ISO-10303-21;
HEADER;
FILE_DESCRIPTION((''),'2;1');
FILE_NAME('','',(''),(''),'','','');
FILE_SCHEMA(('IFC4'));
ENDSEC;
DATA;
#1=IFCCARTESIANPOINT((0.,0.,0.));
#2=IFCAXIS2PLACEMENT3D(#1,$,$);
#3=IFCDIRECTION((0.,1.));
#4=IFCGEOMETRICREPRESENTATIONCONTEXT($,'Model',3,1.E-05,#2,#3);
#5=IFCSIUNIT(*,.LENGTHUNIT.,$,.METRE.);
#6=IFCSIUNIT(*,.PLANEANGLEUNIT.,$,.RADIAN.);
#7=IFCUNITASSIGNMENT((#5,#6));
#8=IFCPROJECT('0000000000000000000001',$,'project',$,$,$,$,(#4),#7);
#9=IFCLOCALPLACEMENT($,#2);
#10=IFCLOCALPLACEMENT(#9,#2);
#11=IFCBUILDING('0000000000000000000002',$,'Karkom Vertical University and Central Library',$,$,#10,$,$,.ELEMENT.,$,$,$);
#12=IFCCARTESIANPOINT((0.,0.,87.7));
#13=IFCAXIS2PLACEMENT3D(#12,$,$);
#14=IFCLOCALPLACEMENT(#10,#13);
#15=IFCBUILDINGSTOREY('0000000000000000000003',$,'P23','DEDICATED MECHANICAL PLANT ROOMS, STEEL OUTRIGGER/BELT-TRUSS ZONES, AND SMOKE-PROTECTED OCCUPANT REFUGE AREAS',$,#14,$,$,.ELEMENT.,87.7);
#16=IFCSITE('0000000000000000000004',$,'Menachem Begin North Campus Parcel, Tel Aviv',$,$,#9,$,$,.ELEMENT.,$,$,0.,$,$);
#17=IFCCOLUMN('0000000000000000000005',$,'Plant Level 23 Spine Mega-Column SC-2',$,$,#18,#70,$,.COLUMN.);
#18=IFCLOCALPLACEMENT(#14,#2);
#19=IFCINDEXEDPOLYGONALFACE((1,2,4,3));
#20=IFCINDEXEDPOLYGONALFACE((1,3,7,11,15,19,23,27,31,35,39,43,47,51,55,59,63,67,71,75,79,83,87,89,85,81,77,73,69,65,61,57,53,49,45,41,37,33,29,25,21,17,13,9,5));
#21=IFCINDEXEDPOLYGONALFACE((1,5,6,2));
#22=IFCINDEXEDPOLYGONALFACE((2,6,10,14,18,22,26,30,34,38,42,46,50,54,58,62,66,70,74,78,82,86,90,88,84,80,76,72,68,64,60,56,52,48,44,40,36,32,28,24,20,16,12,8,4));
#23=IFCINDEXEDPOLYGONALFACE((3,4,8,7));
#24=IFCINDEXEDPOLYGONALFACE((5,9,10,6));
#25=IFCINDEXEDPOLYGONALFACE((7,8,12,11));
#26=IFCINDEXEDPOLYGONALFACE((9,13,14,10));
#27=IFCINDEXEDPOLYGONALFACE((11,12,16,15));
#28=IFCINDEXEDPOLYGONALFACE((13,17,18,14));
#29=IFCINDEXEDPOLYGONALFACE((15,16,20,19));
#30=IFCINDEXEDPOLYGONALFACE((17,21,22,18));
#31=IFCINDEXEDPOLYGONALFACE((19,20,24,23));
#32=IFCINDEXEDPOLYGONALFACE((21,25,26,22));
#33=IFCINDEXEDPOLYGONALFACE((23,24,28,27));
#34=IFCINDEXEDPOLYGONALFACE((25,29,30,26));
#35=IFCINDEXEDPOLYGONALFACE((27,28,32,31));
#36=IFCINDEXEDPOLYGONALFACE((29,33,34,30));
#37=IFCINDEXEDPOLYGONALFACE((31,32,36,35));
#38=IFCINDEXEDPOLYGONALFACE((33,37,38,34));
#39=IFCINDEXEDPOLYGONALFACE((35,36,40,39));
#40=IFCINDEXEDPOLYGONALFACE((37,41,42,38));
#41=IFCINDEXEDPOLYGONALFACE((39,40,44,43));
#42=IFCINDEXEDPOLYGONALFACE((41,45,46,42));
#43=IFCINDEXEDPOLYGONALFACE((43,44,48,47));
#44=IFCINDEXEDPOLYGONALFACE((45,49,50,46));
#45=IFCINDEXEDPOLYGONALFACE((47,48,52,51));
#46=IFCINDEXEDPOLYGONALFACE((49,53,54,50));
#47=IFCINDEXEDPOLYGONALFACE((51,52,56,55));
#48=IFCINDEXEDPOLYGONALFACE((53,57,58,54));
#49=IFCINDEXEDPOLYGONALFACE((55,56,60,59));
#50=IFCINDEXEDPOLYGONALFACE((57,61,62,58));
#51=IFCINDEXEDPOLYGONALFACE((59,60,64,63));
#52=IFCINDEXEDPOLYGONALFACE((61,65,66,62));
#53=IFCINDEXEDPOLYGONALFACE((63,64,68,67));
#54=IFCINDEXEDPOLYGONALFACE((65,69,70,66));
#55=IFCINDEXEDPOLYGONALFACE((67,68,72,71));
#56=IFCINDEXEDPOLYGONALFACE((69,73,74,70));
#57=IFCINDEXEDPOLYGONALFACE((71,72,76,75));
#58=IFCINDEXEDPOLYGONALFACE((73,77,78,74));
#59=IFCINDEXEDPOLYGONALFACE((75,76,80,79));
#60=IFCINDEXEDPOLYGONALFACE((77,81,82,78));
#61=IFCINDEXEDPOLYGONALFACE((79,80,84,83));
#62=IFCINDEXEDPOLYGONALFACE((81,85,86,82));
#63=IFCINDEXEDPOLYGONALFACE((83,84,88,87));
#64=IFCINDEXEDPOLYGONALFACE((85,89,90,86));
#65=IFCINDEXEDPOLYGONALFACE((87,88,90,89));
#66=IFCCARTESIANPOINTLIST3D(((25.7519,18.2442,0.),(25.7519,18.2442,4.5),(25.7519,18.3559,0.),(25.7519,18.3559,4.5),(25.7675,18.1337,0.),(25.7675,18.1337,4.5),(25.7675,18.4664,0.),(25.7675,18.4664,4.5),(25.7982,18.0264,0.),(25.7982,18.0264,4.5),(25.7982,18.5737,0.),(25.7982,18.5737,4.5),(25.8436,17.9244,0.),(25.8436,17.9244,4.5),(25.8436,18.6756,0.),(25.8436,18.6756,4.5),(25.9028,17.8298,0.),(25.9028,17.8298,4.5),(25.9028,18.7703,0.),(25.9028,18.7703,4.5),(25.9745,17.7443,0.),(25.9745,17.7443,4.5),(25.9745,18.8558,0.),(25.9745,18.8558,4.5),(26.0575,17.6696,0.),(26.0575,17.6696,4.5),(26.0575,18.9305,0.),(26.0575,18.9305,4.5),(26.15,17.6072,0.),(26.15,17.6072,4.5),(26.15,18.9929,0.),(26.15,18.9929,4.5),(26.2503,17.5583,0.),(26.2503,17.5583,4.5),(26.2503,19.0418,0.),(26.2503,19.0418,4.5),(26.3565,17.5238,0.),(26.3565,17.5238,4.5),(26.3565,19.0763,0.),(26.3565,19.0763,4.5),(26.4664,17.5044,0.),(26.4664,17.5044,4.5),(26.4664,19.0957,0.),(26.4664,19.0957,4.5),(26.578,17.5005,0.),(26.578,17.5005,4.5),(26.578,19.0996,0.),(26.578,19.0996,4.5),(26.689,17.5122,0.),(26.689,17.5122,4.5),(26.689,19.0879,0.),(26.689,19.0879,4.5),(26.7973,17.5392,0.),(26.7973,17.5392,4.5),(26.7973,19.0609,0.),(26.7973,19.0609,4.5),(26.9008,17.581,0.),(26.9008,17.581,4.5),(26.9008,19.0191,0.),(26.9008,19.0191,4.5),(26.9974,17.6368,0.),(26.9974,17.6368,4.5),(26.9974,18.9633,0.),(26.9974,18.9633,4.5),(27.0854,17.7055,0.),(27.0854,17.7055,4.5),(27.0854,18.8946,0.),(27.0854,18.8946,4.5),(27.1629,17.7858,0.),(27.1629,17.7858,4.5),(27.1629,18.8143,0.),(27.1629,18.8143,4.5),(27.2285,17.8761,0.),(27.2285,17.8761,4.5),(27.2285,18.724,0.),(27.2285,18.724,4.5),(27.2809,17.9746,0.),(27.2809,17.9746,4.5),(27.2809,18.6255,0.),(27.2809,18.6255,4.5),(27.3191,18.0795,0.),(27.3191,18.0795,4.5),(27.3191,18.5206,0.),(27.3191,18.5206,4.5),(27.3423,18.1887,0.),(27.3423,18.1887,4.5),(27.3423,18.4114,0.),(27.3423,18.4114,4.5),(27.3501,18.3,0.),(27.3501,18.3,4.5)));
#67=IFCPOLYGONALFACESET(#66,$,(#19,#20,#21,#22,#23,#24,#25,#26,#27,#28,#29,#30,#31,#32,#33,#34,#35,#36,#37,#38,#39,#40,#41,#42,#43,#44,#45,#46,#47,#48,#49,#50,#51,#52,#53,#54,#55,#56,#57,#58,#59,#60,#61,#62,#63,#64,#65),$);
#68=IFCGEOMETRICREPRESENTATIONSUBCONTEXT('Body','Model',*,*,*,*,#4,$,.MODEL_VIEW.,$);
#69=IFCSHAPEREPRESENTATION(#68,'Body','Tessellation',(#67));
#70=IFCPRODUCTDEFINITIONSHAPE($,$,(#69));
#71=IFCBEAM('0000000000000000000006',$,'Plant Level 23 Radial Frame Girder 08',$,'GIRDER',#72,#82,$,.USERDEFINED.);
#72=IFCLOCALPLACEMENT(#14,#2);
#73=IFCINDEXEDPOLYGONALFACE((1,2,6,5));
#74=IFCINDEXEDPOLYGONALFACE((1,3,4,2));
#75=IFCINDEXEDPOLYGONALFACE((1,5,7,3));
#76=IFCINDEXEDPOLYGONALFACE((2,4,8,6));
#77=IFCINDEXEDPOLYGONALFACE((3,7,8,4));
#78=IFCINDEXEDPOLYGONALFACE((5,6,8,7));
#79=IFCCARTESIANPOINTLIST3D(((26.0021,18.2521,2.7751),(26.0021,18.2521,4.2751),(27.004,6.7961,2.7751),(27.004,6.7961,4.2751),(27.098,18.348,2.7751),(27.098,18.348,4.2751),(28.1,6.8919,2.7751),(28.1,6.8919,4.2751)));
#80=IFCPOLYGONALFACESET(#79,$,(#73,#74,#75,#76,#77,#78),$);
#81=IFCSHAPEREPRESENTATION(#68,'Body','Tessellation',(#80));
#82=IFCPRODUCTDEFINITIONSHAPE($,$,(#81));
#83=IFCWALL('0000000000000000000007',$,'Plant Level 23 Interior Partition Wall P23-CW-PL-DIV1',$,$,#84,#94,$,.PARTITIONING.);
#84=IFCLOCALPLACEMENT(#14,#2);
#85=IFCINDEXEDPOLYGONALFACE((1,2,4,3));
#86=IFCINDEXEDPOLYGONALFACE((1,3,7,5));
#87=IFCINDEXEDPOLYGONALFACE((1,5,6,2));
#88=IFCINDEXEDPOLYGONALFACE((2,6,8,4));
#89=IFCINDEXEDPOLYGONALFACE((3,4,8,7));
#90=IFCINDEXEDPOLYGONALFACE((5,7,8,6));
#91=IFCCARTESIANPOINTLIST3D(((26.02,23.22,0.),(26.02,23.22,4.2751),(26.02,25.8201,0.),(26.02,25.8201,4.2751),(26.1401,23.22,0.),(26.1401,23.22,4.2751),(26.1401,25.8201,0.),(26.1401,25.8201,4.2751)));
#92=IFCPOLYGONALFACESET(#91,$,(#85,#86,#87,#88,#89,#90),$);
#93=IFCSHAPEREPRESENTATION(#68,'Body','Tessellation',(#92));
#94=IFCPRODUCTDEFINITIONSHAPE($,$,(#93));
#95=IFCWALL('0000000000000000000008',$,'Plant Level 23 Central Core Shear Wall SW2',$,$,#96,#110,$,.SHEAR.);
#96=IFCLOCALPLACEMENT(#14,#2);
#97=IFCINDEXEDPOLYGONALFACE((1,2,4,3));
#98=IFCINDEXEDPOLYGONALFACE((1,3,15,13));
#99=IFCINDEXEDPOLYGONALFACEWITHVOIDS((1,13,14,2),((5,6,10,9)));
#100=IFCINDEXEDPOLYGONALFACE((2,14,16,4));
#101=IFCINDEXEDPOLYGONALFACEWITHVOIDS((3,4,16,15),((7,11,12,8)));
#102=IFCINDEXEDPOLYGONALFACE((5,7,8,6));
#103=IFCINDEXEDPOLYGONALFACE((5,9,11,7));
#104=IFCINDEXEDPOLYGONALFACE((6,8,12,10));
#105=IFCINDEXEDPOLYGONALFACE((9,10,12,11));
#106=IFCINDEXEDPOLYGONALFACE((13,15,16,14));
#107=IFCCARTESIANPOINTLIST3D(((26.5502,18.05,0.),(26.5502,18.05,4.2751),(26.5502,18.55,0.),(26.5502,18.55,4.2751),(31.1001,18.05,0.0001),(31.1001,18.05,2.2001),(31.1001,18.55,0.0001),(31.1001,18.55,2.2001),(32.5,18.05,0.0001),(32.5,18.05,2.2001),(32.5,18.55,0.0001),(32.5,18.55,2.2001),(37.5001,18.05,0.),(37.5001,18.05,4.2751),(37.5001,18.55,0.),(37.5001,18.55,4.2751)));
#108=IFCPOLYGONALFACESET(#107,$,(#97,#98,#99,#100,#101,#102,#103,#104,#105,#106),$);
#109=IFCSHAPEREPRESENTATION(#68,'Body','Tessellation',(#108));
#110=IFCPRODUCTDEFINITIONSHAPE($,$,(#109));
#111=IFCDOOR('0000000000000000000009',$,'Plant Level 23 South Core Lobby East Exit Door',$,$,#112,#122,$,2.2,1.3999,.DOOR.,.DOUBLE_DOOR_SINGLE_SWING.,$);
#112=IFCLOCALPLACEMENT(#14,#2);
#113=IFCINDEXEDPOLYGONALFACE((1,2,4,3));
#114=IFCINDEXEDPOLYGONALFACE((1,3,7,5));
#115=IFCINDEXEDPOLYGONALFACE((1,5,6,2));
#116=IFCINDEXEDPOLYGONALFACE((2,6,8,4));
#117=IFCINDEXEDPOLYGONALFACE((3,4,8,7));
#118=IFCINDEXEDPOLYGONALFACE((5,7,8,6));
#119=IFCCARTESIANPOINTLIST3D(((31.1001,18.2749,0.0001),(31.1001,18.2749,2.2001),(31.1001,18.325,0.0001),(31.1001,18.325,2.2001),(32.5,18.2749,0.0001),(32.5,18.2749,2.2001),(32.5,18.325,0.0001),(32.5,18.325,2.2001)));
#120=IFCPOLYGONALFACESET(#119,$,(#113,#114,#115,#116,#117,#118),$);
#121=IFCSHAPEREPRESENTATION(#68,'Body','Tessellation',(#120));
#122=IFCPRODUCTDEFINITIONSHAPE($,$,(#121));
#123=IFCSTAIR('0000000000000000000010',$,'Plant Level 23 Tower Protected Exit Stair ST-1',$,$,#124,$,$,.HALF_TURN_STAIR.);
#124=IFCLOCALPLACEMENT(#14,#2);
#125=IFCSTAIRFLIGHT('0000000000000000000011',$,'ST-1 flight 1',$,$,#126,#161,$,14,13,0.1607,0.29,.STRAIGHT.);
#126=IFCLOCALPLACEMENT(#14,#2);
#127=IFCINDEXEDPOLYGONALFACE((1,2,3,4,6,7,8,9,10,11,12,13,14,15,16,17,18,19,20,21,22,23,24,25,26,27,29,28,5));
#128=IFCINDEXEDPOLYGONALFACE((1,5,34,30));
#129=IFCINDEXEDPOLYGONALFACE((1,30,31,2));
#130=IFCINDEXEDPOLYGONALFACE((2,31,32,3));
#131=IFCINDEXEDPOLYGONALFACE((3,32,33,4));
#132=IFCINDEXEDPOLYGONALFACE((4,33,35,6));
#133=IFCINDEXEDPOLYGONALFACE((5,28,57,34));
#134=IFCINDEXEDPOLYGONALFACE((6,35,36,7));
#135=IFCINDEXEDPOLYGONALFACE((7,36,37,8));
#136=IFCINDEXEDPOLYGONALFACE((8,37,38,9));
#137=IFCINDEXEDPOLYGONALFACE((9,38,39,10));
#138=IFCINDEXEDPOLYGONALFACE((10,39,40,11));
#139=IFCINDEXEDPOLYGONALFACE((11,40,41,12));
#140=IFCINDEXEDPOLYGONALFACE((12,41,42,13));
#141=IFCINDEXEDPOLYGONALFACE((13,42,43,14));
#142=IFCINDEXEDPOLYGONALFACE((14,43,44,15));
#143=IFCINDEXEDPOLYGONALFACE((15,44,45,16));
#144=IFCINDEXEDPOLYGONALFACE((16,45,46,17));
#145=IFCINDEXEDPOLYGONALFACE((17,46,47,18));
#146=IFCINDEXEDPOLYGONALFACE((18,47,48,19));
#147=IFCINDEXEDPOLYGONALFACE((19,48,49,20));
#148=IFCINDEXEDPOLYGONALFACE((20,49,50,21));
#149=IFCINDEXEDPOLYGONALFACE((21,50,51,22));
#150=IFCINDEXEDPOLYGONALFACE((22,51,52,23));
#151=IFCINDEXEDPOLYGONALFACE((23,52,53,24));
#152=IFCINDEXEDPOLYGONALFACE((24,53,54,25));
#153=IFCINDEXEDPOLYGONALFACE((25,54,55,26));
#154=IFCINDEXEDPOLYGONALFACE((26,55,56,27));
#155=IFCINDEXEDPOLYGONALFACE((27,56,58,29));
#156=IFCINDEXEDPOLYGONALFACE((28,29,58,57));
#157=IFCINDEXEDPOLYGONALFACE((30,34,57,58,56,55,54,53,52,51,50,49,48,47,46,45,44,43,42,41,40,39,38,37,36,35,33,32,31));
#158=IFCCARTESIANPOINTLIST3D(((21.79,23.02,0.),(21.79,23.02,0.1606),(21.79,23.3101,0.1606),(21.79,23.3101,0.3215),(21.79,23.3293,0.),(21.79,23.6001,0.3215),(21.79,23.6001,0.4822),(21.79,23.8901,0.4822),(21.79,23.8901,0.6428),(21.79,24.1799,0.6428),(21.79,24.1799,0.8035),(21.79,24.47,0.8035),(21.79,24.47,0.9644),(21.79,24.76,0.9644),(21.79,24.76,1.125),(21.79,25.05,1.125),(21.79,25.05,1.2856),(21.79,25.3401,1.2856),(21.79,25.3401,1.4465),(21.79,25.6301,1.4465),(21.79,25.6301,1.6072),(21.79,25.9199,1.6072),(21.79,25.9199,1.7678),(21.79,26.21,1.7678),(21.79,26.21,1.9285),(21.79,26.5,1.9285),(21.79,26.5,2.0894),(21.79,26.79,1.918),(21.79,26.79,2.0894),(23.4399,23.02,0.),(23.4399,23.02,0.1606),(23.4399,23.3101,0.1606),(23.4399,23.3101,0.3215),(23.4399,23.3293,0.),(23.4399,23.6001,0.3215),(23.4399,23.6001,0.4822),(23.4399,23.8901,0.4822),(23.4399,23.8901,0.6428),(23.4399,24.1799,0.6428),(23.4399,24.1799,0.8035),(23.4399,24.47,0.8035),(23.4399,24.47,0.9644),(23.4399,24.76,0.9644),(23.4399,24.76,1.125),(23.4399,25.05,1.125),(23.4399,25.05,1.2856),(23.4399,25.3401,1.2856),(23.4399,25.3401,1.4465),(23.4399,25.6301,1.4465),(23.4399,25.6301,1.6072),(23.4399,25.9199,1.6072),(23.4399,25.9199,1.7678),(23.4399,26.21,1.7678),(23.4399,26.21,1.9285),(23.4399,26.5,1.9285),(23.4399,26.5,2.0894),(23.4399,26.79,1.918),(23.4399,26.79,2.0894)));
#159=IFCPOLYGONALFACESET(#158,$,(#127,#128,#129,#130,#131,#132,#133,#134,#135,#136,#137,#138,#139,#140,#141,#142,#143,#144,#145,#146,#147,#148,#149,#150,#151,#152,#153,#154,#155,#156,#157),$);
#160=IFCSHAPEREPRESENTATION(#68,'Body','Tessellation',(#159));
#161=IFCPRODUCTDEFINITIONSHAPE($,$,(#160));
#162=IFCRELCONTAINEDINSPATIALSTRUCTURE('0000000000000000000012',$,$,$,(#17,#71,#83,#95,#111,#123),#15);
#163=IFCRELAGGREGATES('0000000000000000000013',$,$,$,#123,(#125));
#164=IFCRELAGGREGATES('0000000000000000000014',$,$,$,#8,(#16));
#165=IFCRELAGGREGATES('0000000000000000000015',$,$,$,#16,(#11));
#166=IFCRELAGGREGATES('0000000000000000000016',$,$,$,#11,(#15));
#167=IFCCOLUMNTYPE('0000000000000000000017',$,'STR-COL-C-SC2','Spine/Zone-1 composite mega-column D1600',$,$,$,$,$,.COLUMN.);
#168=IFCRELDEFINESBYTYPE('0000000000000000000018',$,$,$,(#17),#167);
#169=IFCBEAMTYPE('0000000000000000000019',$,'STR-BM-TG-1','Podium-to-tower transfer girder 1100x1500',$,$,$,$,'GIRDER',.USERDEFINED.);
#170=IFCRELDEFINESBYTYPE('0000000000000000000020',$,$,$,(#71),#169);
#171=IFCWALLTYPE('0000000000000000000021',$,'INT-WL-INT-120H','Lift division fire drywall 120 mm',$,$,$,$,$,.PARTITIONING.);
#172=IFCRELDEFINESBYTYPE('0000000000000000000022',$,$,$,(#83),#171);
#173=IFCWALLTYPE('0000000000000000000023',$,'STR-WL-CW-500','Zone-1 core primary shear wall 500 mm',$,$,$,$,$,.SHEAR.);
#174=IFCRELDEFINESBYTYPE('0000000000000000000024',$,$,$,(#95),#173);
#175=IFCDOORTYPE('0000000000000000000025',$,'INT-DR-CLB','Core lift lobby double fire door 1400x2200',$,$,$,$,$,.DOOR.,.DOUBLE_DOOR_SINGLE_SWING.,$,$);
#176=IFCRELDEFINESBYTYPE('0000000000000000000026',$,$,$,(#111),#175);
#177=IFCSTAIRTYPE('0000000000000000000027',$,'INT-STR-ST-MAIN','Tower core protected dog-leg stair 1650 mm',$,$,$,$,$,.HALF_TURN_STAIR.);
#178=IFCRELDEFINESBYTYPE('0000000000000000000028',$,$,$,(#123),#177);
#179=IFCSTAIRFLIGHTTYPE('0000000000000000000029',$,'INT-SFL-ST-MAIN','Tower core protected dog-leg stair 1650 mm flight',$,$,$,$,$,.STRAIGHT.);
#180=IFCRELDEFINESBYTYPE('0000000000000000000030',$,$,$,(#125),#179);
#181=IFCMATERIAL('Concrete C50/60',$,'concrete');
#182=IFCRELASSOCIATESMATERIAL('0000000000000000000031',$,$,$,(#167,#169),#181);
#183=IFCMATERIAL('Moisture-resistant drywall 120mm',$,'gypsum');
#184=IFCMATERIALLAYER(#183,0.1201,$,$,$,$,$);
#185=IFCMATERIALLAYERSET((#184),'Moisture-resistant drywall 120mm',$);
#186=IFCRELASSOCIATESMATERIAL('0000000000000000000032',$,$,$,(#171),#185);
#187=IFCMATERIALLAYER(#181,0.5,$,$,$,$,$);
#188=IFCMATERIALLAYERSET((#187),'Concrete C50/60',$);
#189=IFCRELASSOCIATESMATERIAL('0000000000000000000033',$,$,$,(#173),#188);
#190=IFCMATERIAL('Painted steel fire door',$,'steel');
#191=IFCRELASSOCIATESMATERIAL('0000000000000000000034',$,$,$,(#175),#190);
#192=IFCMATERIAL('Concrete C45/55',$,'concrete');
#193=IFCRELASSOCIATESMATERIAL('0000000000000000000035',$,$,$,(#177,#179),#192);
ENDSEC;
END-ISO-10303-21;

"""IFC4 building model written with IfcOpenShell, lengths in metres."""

from ifc_helpers import new_model, si_unit, direction, frame, frame_2d, origin, origin_with_axes, origin_2d, place, context, subcontext, project, spatial, polyline, rectangle, circle, outline, extrude, source, transform, mapped, material, layer, layer_set, material_profile, profile_set, type_object, element, fill, aggregate, save


model = new_model("IFC4")

# Units and contexts
model_context = context("Model", 3, precision=1e-05, world=origin(), true_north=direction((0.0, 1.0)))
body_context = subcontext(model_context, "Body", "Model", "MODEL_VIEW")
ifc_project = project(units=[si_unit("LENGTHUNIT", "METRE"), si_unit("PLANEANGLEUNIT", "RADIAN")], contexts=[model_context])

# Site, building, storey
site_placement = place(None, origin())
site = spatial("IfcSite", under=ifc_project, at=site_placement, Name="Menachem Begin North Campus Parcel, Tel Aviv", CompositionType="ELEMENT", RefElevation=0.0)
building_placement = place(site_placement, origin())
building = spatial("IfcBuilding", under=site, at=building_placement, Name="Karkom Vertical University and Central Library", CompositionType="ELEMENT")
storey_placement = place(building_placement, frame((0.0, 0.0, 87.7)))
storey = spatial("IfcBuildingStorey", under=building, at=storey_placement, Name="P23", Description="DEDICATED MECHANICAL PLANT ROOMS, STEEL OUTRIGGER/BELT-TRUSS ZONES, AND SMOKE-PROTECTED OCCUPANT REFUGE AREAS", CompositionType="ELEMENT", Elevation=87.7)

# Column
ifc_material_1 = material(Name="Concrete C50/60", Category="concrete")
ifc_material_profile_1 = material_profile(ifc_material_1, circle(Radius=0.8, at=origin_2d()), Name="CFT-D1600")
ifc_profile_set_1 = profile_set([ifc_material_profile_1], Name="Concrete C50/60")
column_type = type_object("IfcColumnType", Name="STR-COL-C-SC2", Description="Spine/Zone-1 composite mega-column D1600", PredefinedType="COLUMN", material=ifc_profile_set_1)
shared_shape_1 = source(origin_with_axes(), body_context, "Body", "SweptSolid", [
    extrude(circle(Radius=0.8, at=origin_2d()), origin(), (0.0, 0.0, 1.0), 4.5),
])
column_placement = place(storey_placement, frame((26.55, 18.3, 0.0), z_axis=(0.0, 0.0, 1.0), x_axis=(1.0, 0.0, 0.0)))
element("IfcColumn", 1, at=column_placement, inside=storey, type_object=column_type, Name="Plant Level 23 Spine Mega-Column SC-2", PredefinedType="COLUMN", context=body_context, shape_type="MappedRepresentation", body=[
    mapped(shared_shape_1, transform((0.0, 0.0, 0.0), scale=1.0)),
])

# Beam
ifc_material_profile_2 = material_profile(ifc_material_1, rectangle(XDim=1.1001, YDim=1.5, at=origin_2d()), Name="TG-1100x1500")
ifc_profile_set_2 = profile_set([ifc_material_profile_2], Name="Concrete C50/60")
beam_type = type_object("IfcBeamType", Name="STR-BM-TG-1", Description="Podium-to-tower transfer girder 1100x1500", ElementType="GIRDER", PredefinedType="USERDEFINED", material=ifc_profile_set_2)
shared_shape_2 = source(origin_with_axes(), body_context, "Body", "SweptSolid", [
    extrude(rectangle(XDim=1.1001, YDim=1.5, at=origin_2d()), origin(), (0.0, 0.0, 1.0), 11.4998),
])
beam_placement = place(storey_placement, frame((26.55, 18.3, 3.5251), z_axis=(0.087128, -0.996197, 0.0), x_axis=(0.996197, 0.087128, 0.0)))
element("IfcBeam", 2, at=beam_placement, inside=storey, type_object=beam_type, Name="Plant Level 23 Radial Frame Girder 08", ObjectType="GIRDER", PredefinedType="USERDEFINED", context=body_context, shape_type="MappedRepresentation", body=[
    mapped(shared_shape_2, transform((0.0, 0.0, 0.0), scale=1.0)),
])

# Wall
ifc_material_2 = material(Name="Moisture-resistant drywall 120mm", Category="gypsum")
ifc_layer_1 = layer(ifc_material_2, 0.1201)
ifc_layer_set_1 = layer_set([ifc_layer_1], Name="Moisture-resistant drywall 120mm")
wall_type_1 = type_object("IfcWallType", Name="INT-WL-INT-120H", Description="Lift division fire drywall 120 mm", PredefinedType="PARTITIONING", material=ifc_layer_set_1)
wall_1_placement = place(storey_placement, frame((26.0801, 23.22, 0.0), z_axis=(0.0, 0.0, 1.0), x_axis=(0.0, 1.0, 0.0)))
element("IfcWall", 3, at=wall_1_placement, inside=storey, type_object=wall_type_1, Name="Plant Level 23 Interior Partition Wall P23-CW-PL-DIV1", PredefinedType="PARTITIONING", context=body_context, shape_type="SweptSolid", body=[
    extrude(rectangle(XDim=2.6001, YDim=0.1201, at=frame_2d((1.3, 0.0))), origin(), (0.0, 0.0, 1.0), 4.2751),
])

# Wall, opening, door
ifc_layer_2 = layer(ifc_material_1, 0.5)
ifc_layer_set_2 = layer_set([ifc_layer_2], Name="Concrete C50/60")
wall_type_2 = type_object("IfcWallType", Name="STR-WL-CW-500", Description="Zone-1 core primary shear wall 500 mm", PredefinedType="SHEAR", material=ifc_layer_set_2)
wall_2_placement = place(storey_placement, frame((26.55, 18.3, 0.0), z_axis=(0.0, 0.0, 1.0), x_axis=(1.0, 0.0, 0.0)))
wall_2 = element("IfcWall", 4, at=wall_2_placement, inside=storey, type_object=wall_type_2, Name="Plant Level 23 Central Core Shear Wall SW2", PredefinedType="SHEAR", context=body_context, shape_type="SweptSolid", body=[
    extrude(rectangle(XDim=10.95, YDim=0.5, at=frame_2d((5.4751, 0.0))), origin(), (0.0, 0.0, 1.0), 4.2751),
])
opening_1_placement = place(wall_2_placement, frame((4.55, 0.0, 0.0)))
opening_1 = element("IfcOpeningElement", 5, at=opening_1_placement, cuts=wall_2, PredefinedType="OPENING", context=body_context, shape_type="SweptSolid", body=[
    extrude(rectangle(XDim=1.3999, YDim=2.2, at=frame_2d((0.7, 1.1001))), frame((0.0, 0.26, 0.0), z_axis=(0.0, -1.0, 0.0), x_axis=(1.0, 0.0, 0.0)), (0.0, 0.0, 1.0), 0.52),
])
ifc_material_3 = material(Name="Painted steel fire door", Category="steel")
door_type_1 = type_object("IfcDoorType", Name="INT-DR-CLB", Description="Core lift lobby double fire door 1400x2200", OperationType="DOUBLE_DOOR_SINGLE_SWING", PredefinedType="DOOR", material=ifc_material_3)
shared_shape_3 = source(origin_with_axes(), body_context, "Body", "SweptSolid", [
    extrude(rectangle(XDim=1.3999, YDim=2.2, at=frame_2d((0.7, 1.1001))), frame((0.0, 0.0249, 0.0), z_axis=(0.0, -1.0, 0.0), x_axis=(1.0, 0.0, 0.0)), (0.0, 0.0, 1.0), 0.05),
])
door_1_placement = place(opening_1_placement, origin())
door_1 = element("IfcDoor", 6, at=door_1_placement, inside=storey, type_object=door_type_1, Name="Plant Level 23 South Core Lobby East Exit Door", OperationType="DOUBLE_DOOR_SINGLE_SWING", OverallHeight=2.2, OverallWidth=1.3999, PredefinedType="DOOR", context=body_context, shape_type="MappedRepresentation", body=[
    mapped(shared_shape_3, transform((0.0, 0.0, 0.0), scale=1.0)),
])
fill(opening_1, door_1)

# Shared definitions
ifc_material_4 = material(Name="Concrete C45/55", Category="concrete")

# Stair, stair flight
stair_type = type_object("IfcStairType", Name="INT-STR-ST-MAIN", Description="Tower core protected dog-leg stair 1650 mm", PredefinedType="HALF_TURN_STAIR", material=ifc_material_4)
stair_placement = place(storey_placement, origin())
stair = element("IfcStair", 7, at=stair_placement, inside=storey, type_object=stair_type, Name="Plant Level 23 Tower Protected Exit Stair ST-1", PredefinedType="HALF_TURN_STAIR")
stair_flight_type = type_object("IfcStairFlightType", Name="INT-SFL-ST-MAIN", Description="Tower core protected dog-leg stair 1650 mm flight", PredefinedType="STRAIGHT", material=ifc_material_4)
stair_flight_placement = place(storey_placement, frame((22.615, 23.02, 0.0), z_axis=(0.0, 0.0, 1.0), x_axis=(0.0, 1.0, 0.0)))
stair_flight = element("IfcStairFlight", 8, at=stair_flight_placement, type_object=stair_flight_type, Name="ST-1 flight 1", NumberOfRisers=14, NumberOfTreads=13, PredefinedType="STRAIGHT", RiserHeight=0.1607, TreadLength=0.29, context=body_context, shape_type="SweptSolid", body=[
    extrude(outline(polyline([(0.0, 0.0), (0.0, 0.1606), (0.29, 0.1606), (0.29, 0.3215), (0.5801, 0.3215), (0.5801, 0.4822), (0.8701, 0.4822), (0.8701, 0.6428), (1.1599, 0.6428), (1.1599, 0.8035), (1.45, 0.8035), (1.45, 0.9644), (1.74, 0.9644), (1.74, 1.125), (2.03, 1.125), (2.03, 1.2856), (2.3201, 1.2856), (2.3201, 1.4465), (2.6101, 1.4465), (2.6101, 1.6072), (2.8999, 1.6072), (2.8999, 1.7678), (3.1899, 1.7678), (3.1899, 1.9285), (3.48, 1.9285), (3.48, 2.0894), (3.77, 2.0894), (3.77, 2.25), (3.77, 1.918), (0.3093, 0.0), (0.0, 0.0)])), frame((0.0, 0.825, 0.0), z_axis=(0.0, -1.0, 0.0), x_axis=(1.0, 0.0, 0.0)), (0.0, 0.0, 1.0), 1.6499),
])
aggregate(stair, [stair_flight])

save(model, "model.ifc")
